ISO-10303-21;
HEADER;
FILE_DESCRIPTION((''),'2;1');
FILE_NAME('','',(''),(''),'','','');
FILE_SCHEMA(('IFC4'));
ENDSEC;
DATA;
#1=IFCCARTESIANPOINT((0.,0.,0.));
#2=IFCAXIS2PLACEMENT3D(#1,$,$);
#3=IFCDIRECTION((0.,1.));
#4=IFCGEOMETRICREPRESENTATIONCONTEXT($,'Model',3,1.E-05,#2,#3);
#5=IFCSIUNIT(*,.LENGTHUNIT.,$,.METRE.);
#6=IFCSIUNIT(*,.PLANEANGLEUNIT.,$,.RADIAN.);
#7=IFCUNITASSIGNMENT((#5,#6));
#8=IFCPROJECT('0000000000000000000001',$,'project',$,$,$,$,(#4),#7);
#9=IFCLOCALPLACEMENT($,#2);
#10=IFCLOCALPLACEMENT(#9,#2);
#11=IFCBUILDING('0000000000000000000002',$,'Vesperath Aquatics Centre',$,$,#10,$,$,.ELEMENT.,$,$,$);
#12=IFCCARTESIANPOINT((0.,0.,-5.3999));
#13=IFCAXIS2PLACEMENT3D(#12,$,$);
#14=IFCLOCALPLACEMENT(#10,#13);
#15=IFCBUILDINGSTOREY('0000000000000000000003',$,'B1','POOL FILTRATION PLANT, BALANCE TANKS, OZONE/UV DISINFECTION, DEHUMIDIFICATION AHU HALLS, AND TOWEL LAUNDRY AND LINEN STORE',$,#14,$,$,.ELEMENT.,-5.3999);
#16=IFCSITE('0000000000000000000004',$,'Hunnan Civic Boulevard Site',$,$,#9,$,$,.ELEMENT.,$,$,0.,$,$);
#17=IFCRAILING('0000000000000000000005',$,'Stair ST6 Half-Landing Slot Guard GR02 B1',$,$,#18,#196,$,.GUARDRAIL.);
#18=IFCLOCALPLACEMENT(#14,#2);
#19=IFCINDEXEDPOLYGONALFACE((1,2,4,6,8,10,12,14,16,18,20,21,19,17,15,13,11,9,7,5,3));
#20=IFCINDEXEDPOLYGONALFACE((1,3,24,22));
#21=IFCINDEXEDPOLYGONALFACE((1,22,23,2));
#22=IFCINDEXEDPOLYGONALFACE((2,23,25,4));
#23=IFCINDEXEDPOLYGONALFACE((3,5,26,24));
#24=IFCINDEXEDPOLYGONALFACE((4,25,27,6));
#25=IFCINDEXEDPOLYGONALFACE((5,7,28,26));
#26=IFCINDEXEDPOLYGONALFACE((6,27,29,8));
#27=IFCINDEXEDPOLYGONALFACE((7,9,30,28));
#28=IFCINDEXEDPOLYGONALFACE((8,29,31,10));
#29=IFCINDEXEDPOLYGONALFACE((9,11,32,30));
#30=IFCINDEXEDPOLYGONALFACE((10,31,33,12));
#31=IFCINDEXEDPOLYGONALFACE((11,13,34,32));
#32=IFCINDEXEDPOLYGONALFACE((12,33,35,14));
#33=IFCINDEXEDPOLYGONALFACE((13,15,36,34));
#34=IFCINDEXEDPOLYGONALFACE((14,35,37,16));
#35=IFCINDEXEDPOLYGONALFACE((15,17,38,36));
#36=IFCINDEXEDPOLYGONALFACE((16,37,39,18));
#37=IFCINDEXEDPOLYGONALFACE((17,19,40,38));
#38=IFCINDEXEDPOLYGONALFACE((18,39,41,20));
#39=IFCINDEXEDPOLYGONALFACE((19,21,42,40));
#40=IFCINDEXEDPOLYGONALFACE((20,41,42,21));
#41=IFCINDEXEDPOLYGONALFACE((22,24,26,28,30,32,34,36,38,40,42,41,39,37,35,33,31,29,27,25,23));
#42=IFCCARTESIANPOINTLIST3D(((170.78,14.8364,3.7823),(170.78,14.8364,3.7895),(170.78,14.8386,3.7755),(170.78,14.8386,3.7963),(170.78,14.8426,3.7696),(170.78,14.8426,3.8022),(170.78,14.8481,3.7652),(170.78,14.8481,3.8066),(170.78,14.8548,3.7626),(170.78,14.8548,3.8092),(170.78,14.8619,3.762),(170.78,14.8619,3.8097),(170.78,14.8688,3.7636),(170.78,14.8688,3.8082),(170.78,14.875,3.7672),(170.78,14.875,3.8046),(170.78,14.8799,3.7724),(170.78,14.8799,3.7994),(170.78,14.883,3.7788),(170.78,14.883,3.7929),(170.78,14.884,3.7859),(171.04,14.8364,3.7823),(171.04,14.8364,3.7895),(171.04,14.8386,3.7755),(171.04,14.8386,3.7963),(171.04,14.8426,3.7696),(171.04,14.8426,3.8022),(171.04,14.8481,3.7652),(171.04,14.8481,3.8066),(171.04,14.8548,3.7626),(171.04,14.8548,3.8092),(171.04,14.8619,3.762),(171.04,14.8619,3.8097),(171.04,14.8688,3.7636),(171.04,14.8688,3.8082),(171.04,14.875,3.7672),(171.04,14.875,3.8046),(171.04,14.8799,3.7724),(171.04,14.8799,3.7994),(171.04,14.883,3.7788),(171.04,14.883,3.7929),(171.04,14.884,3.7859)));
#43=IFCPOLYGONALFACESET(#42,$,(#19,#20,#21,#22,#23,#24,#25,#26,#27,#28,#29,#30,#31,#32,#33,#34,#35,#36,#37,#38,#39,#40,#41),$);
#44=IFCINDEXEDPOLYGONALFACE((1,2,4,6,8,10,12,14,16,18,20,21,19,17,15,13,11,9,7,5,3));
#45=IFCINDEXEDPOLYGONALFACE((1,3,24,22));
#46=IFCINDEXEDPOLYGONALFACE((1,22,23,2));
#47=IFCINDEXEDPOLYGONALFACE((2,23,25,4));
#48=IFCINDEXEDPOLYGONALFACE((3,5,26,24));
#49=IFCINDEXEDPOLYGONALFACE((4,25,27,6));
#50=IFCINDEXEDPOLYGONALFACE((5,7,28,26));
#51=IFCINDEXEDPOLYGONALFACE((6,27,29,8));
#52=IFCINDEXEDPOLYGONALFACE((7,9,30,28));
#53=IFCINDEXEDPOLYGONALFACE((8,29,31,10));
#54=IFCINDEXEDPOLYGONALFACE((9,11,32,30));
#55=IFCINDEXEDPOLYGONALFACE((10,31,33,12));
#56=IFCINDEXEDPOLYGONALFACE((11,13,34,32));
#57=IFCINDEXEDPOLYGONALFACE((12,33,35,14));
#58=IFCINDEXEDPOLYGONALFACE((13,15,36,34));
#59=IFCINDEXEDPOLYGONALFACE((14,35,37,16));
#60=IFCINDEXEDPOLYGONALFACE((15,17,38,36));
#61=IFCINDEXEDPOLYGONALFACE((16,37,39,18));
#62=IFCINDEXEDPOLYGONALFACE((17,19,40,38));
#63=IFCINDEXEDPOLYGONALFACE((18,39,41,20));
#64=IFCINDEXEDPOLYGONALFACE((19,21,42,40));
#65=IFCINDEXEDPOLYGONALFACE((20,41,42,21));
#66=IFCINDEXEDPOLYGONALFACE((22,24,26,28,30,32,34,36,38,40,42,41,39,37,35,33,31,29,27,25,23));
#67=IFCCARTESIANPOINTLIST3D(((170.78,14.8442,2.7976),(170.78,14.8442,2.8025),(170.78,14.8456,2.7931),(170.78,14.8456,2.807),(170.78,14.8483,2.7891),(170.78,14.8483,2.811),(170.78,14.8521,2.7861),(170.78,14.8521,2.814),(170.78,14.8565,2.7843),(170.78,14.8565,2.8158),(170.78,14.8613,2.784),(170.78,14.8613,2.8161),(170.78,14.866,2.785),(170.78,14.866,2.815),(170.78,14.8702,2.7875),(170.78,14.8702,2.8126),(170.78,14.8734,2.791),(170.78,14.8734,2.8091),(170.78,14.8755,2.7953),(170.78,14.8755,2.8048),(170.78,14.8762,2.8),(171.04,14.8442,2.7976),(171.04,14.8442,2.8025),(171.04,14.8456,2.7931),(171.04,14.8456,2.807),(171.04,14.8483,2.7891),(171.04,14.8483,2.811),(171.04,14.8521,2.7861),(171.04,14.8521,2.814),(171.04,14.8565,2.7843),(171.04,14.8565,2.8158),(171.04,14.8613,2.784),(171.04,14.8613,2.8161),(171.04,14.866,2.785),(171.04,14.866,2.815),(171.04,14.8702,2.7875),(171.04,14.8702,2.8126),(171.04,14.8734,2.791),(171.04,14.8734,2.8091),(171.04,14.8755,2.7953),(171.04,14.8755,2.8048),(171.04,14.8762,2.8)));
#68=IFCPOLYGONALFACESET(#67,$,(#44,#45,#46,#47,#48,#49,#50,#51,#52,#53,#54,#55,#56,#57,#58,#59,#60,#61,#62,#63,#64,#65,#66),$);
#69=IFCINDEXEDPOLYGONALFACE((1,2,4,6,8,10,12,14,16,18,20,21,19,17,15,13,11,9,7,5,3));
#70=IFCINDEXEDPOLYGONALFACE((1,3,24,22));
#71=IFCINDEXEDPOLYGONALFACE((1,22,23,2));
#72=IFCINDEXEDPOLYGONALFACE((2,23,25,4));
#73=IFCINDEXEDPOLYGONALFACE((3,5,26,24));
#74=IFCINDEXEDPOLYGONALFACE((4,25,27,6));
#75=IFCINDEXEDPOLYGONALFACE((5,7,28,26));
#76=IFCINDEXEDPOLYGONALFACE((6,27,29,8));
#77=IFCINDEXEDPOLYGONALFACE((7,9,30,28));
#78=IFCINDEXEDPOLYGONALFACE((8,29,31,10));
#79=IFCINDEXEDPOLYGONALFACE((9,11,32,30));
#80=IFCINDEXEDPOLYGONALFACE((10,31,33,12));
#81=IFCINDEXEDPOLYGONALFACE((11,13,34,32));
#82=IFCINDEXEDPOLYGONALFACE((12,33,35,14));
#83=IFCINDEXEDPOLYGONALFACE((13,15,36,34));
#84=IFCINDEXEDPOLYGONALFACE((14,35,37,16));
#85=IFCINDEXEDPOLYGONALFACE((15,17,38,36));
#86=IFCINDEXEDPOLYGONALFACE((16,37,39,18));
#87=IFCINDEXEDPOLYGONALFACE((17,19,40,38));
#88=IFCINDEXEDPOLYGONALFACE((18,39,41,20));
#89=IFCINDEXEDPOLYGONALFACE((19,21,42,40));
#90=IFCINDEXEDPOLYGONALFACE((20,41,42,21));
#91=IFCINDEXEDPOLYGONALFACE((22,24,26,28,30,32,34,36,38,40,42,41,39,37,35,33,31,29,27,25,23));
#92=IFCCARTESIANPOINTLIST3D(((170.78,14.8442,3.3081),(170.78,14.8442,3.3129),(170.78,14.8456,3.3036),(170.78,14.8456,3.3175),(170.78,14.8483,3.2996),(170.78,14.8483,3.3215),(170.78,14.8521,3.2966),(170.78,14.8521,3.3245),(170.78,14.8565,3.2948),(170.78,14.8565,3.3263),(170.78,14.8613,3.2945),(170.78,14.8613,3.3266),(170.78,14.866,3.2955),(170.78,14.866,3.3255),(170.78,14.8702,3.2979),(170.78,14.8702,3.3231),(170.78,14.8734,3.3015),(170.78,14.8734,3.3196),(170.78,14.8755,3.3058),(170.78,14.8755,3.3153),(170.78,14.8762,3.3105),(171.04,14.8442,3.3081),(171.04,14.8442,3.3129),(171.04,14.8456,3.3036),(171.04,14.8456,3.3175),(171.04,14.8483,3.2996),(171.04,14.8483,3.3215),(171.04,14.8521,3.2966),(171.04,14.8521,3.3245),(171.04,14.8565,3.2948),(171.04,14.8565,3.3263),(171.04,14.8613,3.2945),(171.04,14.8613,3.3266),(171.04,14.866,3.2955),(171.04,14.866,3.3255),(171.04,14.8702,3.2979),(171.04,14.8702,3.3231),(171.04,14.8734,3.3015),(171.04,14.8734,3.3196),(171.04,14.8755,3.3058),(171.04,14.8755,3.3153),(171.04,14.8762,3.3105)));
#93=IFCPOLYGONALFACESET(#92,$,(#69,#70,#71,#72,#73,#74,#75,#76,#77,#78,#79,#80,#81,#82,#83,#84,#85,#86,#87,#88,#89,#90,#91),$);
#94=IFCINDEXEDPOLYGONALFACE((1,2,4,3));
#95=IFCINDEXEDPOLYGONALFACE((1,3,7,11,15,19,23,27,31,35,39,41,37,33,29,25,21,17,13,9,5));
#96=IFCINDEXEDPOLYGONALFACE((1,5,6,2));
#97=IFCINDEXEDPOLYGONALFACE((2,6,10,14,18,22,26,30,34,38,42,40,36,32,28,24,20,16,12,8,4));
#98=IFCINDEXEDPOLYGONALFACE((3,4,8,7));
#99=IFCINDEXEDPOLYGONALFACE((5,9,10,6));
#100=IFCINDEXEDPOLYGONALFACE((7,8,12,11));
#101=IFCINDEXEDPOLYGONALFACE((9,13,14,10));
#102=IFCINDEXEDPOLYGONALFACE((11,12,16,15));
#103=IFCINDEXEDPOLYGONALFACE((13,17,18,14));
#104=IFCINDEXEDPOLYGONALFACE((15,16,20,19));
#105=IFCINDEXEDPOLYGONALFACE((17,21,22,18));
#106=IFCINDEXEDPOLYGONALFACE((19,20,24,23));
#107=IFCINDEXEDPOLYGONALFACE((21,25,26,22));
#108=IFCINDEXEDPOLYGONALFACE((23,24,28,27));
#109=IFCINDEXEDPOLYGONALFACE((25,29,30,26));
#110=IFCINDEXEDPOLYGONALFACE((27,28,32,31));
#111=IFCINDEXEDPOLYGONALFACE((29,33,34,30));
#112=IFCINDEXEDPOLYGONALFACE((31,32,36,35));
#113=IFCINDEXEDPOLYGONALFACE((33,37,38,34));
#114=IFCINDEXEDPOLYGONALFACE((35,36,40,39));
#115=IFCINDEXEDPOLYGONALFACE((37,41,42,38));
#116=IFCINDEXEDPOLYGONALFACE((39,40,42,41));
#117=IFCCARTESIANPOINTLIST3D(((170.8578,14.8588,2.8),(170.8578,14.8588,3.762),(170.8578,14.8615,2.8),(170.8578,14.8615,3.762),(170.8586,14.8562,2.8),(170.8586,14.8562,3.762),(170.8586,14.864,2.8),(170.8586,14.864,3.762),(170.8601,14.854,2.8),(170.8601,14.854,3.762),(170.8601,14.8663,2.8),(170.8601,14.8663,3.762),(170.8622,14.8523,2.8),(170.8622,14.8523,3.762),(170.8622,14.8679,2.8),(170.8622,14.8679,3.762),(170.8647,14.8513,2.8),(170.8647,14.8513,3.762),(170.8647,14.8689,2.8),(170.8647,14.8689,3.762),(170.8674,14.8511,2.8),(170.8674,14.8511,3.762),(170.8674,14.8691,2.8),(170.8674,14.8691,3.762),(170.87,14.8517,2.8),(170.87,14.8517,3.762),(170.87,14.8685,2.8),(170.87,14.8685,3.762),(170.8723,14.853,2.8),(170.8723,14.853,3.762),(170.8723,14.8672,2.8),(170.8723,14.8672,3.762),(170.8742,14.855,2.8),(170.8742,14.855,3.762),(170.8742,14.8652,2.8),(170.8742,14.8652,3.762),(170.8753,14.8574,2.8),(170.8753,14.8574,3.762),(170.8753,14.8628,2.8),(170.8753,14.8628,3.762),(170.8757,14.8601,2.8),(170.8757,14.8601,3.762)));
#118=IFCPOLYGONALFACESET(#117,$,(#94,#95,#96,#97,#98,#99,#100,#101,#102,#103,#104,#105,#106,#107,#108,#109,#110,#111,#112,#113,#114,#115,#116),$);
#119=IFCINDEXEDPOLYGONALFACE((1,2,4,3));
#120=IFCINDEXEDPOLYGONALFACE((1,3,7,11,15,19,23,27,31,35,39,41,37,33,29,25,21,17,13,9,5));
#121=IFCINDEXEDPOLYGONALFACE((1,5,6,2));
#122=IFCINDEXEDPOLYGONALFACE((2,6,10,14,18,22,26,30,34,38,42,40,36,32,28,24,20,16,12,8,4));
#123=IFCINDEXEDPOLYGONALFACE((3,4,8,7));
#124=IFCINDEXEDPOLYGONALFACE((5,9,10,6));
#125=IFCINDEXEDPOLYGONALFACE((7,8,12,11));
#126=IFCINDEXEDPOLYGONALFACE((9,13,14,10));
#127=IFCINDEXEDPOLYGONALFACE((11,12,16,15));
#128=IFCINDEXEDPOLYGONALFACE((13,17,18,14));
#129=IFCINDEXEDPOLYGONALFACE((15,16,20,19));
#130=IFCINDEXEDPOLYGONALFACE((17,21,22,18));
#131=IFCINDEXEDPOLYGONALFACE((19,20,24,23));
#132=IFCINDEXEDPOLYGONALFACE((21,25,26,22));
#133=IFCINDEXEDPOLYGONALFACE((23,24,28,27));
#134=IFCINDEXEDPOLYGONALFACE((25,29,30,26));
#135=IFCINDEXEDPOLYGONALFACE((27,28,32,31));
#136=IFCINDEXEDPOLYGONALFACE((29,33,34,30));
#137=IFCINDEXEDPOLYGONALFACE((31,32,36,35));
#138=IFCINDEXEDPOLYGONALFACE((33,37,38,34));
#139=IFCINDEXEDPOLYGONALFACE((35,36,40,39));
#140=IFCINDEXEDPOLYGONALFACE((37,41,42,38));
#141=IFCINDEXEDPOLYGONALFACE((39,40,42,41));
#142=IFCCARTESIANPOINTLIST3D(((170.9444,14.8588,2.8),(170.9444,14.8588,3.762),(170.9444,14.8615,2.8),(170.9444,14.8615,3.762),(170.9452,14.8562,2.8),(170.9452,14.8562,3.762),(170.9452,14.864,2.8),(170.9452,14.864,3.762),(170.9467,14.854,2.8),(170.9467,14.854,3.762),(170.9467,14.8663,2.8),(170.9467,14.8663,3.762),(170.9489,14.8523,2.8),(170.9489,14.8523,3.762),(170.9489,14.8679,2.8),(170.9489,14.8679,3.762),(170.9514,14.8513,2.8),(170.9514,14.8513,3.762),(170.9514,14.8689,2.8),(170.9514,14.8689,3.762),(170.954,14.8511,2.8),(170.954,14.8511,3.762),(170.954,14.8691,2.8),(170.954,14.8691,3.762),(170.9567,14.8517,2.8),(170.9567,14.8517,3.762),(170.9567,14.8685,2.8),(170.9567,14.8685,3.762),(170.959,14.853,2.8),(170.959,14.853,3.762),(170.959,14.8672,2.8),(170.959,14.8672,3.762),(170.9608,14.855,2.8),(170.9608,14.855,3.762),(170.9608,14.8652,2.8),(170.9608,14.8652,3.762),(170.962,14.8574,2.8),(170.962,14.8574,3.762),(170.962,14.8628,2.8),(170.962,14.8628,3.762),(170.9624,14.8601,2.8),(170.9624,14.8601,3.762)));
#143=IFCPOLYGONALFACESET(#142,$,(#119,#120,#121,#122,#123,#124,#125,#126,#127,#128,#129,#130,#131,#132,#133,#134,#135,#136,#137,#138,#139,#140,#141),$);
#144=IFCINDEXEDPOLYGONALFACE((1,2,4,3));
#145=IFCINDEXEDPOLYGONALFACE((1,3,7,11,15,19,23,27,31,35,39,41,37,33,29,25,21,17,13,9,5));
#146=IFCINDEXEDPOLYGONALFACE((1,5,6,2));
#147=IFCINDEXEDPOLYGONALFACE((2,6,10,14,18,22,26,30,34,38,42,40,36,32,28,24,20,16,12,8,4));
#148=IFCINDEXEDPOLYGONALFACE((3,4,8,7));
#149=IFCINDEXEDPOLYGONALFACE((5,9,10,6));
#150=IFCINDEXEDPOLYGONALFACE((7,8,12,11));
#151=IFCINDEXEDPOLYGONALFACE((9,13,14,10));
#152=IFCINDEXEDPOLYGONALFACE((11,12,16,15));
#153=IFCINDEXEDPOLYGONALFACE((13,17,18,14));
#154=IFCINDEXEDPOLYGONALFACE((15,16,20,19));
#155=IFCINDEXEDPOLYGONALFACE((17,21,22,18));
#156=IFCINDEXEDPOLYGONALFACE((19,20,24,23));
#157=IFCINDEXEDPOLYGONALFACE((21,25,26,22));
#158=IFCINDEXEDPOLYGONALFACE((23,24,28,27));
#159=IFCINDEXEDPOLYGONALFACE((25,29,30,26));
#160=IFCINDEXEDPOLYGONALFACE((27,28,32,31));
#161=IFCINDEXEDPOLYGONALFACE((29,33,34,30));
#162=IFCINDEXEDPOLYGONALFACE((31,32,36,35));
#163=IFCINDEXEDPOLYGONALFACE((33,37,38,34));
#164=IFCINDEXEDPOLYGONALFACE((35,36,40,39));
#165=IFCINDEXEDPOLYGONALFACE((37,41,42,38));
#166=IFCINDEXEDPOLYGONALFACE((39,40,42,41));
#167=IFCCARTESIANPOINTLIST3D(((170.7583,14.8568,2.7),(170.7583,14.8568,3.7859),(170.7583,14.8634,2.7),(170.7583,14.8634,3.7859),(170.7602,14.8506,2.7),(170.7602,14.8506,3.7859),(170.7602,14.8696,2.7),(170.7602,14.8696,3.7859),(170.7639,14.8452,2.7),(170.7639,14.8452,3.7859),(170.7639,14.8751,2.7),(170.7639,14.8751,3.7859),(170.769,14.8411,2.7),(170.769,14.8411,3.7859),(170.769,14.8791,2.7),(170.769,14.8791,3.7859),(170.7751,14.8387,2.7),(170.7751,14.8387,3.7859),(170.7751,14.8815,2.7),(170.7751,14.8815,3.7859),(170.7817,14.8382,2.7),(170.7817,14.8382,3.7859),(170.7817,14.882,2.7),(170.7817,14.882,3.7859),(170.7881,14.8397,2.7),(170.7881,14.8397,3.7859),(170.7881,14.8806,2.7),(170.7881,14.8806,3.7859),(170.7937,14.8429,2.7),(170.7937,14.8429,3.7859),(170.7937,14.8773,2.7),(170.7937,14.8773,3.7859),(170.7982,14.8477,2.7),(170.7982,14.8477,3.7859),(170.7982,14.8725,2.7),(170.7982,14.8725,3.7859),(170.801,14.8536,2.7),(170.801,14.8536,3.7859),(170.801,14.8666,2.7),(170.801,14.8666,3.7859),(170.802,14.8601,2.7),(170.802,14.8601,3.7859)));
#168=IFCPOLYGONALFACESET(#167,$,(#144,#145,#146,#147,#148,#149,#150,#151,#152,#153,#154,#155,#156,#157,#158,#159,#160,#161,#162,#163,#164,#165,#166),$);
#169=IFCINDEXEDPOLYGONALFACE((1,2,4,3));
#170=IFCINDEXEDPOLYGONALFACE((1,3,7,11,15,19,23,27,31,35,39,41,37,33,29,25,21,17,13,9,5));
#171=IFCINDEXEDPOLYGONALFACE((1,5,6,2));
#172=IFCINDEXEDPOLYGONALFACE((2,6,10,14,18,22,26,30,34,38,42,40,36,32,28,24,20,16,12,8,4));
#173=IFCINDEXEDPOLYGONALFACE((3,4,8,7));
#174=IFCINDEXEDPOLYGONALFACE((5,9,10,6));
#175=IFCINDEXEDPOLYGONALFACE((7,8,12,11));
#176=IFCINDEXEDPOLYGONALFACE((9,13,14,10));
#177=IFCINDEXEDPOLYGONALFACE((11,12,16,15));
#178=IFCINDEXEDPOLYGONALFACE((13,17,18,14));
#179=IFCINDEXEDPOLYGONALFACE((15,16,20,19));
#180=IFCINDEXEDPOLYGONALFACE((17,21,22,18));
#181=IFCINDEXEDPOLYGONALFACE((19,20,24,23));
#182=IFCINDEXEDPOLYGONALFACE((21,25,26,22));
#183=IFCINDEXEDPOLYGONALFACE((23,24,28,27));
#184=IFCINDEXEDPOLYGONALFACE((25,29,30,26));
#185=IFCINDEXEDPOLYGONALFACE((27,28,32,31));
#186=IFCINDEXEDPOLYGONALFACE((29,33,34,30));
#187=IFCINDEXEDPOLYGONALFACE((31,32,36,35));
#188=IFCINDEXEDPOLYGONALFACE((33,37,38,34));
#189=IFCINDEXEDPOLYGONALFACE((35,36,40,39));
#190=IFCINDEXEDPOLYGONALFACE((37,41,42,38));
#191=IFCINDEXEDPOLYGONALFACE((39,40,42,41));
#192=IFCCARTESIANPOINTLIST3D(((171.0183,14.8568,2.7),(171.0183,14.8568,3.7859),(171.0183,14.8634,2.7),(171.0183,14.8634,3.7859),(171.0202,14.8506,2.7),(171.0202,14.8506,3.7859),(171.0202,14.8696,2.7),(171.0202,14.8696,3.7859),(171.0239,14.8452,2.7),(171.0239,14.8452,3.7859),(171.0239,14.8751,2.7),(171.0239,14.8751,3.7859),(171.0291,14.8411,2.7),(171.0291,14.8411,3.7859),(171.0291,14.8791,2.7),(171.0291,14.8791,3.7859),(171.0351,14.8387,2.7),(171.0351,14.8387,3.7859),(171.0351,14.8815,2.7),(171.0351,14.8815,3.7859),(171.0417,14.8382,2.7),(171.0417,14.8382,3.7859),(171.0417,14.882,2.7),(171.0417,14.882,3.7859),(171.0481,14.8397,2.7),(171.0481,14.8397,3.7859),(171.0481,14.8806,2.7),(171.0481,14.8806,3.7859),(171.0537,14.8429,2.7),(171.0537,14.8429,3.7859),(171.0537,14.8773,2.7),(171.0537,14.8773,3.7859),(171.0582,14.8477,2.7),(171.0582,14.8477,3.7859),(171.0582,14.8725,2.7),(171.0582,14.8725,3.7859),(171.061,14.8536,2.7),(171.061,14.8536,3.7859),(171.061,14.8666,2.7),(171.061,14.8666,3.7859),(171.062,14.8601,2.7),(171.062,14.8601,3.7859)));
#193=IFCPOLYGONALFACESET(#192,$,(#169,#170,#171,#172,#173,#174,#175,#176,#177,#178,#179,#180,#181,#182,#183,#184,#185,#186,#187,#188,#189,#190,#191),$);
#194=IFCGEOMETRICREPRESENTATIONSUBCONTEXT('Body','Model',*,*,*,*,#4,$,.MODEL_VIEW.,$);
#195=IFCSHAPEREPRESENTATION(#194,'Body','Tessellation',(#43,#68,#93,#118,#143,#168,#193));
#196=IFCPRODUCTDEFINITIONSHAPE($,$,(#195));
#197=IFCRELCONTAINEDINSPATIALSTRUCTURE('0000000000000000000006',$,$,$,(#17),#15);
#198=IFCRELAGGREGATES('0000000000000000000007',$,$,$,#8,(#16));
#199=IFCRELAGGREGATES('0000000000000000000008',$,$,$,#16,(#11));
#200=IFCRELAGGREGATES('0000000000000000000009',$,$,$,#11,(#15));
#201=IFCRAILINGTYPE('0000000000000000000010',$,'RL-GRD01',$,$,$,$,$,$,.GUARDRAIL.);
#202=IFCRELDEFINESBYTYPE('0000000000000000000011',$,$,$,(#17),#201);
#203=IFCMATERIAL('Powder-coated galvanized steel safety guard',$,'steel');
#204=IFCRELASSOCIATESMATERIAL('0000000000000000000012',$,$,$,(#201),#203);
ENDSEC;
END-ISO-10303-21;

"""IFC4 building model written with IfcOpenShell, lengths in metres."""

from ifc_helpers import new_model, si_unit, direction, frame, origin, origin_2d, place, context, subcontext, project, spatial, circle, extrude, material, type_object, element, save


model = new_model("IFC4")

# Units and contexts
model_context = context("Model", 3, precision=1e-05, world=origin(), true_north=direction((0.0, 1.0)))
body_context = subcontext(model_context, "Body", "Model", "MODEL_VIEW")
ifc_project = project(units=[si_unit("LENGTHUNIT", "METRE"), si_unit("PLANEANGLEUNIT", "RADIAN")], contexts=[model_context])

# Site, building, storey
site_placement = place(None, origin())
site = spatial("IfcSite", under=ifc_project, at=site_placement, Name="Hunnan Civic Boulevard Site", CompositionType="ELEMENT", RefElevation=0.0)
building_placement = place(site_placement, origin())
building = spatial("IfcBuilding", under=site, at=building_placement, Name="Vesperath Aquatics Centre", CompositionType="ELEMENT")
storey_placement = place(building_placement, frame((0.0, 0.0, -5.3999)))
storey = spatial("IfcBuildingStorey", under=building, at=storey_placement, Name="B1", Description="POOL FILTRATION PLANT, BALANCE TANKS, OZONE/UV DISINFECTION, DEHUMIDIFICATION AHU HALLS, AND TOWEL LAUNDRY AND LINEN STORE", CompositionType="ELEMENT", Elevation=-5.3999)

# Railing
ifc_material_1 = material(Name="Powder-coated galvanized steel safety guard", Category="steel")
railing_type_1 = type_object("IfcRailingType", Name="RL-GRD01", PredefinedType="GUARDRAIL", material=ifc_material_1)
railing_1_placement = place(storey_placement, frame((170.78, 14.8601, 2.7)))
element("IfcRailing", 1, at=railing_1_placement, inside=storey, type_object=railing_type_1, Name="Stair ST6 Half-Landing Slot Guard GR02 B1", PredefinedType="GUARDRAIL", context=body_context, shape_type="SweptSolid", body=[
    extrude(circle(Radius=0.0239, at=origin_2d()), frame((0.0, 0.0, 1.0859), z_axis=(1.0, 0.0, 0.0), x_axis=(0.0, 1.0, 0.0)), (0.0, 0.0, 1.0), 0.26),
    extrude(circle(Radius=0.0161, at=origin_2d()), frame((0.0, 0.0, 0.1001), z_axis=(1.0, 0.0, 0.0), x_axis=(0.0, 1.0, 0.0)), (0.0, 0.0, 1.0), 0.26),
    extrude(circle(Radius=0.0161, at=origin_2d()), frame((0.0, 0.0, 0.6106), z_axis=(1.0, 0.0, 0.0), x_axis=(0.0, 1.0, 0.0)), (0.0, 0.0, 1.0), 0.26),
    extrude(circle(Radius=0.009, at=origin_2d()), frame((0.0867, 0.0, 0.1001)), (0.0, 0.0, 1.0), 0.9619),
    extrude(circle(Radius=0.009, at=origin_2d()), frame((0.1733, 0.0, 0.1001)), (0.0, 0.0, 1.0), 0.9619),
    extrude(circle(Radius=0.022, at=origin_2d()), origin(), (0.0, 0.0, 1.0), 1.0859),
    extrude(circle(Radius=0.022, at=origin_2d()), frame((0.26, 0.0, 0.0)), (0.0, 0.0, 1.0), 1.0859),
])

save(model, "model.ifc")
